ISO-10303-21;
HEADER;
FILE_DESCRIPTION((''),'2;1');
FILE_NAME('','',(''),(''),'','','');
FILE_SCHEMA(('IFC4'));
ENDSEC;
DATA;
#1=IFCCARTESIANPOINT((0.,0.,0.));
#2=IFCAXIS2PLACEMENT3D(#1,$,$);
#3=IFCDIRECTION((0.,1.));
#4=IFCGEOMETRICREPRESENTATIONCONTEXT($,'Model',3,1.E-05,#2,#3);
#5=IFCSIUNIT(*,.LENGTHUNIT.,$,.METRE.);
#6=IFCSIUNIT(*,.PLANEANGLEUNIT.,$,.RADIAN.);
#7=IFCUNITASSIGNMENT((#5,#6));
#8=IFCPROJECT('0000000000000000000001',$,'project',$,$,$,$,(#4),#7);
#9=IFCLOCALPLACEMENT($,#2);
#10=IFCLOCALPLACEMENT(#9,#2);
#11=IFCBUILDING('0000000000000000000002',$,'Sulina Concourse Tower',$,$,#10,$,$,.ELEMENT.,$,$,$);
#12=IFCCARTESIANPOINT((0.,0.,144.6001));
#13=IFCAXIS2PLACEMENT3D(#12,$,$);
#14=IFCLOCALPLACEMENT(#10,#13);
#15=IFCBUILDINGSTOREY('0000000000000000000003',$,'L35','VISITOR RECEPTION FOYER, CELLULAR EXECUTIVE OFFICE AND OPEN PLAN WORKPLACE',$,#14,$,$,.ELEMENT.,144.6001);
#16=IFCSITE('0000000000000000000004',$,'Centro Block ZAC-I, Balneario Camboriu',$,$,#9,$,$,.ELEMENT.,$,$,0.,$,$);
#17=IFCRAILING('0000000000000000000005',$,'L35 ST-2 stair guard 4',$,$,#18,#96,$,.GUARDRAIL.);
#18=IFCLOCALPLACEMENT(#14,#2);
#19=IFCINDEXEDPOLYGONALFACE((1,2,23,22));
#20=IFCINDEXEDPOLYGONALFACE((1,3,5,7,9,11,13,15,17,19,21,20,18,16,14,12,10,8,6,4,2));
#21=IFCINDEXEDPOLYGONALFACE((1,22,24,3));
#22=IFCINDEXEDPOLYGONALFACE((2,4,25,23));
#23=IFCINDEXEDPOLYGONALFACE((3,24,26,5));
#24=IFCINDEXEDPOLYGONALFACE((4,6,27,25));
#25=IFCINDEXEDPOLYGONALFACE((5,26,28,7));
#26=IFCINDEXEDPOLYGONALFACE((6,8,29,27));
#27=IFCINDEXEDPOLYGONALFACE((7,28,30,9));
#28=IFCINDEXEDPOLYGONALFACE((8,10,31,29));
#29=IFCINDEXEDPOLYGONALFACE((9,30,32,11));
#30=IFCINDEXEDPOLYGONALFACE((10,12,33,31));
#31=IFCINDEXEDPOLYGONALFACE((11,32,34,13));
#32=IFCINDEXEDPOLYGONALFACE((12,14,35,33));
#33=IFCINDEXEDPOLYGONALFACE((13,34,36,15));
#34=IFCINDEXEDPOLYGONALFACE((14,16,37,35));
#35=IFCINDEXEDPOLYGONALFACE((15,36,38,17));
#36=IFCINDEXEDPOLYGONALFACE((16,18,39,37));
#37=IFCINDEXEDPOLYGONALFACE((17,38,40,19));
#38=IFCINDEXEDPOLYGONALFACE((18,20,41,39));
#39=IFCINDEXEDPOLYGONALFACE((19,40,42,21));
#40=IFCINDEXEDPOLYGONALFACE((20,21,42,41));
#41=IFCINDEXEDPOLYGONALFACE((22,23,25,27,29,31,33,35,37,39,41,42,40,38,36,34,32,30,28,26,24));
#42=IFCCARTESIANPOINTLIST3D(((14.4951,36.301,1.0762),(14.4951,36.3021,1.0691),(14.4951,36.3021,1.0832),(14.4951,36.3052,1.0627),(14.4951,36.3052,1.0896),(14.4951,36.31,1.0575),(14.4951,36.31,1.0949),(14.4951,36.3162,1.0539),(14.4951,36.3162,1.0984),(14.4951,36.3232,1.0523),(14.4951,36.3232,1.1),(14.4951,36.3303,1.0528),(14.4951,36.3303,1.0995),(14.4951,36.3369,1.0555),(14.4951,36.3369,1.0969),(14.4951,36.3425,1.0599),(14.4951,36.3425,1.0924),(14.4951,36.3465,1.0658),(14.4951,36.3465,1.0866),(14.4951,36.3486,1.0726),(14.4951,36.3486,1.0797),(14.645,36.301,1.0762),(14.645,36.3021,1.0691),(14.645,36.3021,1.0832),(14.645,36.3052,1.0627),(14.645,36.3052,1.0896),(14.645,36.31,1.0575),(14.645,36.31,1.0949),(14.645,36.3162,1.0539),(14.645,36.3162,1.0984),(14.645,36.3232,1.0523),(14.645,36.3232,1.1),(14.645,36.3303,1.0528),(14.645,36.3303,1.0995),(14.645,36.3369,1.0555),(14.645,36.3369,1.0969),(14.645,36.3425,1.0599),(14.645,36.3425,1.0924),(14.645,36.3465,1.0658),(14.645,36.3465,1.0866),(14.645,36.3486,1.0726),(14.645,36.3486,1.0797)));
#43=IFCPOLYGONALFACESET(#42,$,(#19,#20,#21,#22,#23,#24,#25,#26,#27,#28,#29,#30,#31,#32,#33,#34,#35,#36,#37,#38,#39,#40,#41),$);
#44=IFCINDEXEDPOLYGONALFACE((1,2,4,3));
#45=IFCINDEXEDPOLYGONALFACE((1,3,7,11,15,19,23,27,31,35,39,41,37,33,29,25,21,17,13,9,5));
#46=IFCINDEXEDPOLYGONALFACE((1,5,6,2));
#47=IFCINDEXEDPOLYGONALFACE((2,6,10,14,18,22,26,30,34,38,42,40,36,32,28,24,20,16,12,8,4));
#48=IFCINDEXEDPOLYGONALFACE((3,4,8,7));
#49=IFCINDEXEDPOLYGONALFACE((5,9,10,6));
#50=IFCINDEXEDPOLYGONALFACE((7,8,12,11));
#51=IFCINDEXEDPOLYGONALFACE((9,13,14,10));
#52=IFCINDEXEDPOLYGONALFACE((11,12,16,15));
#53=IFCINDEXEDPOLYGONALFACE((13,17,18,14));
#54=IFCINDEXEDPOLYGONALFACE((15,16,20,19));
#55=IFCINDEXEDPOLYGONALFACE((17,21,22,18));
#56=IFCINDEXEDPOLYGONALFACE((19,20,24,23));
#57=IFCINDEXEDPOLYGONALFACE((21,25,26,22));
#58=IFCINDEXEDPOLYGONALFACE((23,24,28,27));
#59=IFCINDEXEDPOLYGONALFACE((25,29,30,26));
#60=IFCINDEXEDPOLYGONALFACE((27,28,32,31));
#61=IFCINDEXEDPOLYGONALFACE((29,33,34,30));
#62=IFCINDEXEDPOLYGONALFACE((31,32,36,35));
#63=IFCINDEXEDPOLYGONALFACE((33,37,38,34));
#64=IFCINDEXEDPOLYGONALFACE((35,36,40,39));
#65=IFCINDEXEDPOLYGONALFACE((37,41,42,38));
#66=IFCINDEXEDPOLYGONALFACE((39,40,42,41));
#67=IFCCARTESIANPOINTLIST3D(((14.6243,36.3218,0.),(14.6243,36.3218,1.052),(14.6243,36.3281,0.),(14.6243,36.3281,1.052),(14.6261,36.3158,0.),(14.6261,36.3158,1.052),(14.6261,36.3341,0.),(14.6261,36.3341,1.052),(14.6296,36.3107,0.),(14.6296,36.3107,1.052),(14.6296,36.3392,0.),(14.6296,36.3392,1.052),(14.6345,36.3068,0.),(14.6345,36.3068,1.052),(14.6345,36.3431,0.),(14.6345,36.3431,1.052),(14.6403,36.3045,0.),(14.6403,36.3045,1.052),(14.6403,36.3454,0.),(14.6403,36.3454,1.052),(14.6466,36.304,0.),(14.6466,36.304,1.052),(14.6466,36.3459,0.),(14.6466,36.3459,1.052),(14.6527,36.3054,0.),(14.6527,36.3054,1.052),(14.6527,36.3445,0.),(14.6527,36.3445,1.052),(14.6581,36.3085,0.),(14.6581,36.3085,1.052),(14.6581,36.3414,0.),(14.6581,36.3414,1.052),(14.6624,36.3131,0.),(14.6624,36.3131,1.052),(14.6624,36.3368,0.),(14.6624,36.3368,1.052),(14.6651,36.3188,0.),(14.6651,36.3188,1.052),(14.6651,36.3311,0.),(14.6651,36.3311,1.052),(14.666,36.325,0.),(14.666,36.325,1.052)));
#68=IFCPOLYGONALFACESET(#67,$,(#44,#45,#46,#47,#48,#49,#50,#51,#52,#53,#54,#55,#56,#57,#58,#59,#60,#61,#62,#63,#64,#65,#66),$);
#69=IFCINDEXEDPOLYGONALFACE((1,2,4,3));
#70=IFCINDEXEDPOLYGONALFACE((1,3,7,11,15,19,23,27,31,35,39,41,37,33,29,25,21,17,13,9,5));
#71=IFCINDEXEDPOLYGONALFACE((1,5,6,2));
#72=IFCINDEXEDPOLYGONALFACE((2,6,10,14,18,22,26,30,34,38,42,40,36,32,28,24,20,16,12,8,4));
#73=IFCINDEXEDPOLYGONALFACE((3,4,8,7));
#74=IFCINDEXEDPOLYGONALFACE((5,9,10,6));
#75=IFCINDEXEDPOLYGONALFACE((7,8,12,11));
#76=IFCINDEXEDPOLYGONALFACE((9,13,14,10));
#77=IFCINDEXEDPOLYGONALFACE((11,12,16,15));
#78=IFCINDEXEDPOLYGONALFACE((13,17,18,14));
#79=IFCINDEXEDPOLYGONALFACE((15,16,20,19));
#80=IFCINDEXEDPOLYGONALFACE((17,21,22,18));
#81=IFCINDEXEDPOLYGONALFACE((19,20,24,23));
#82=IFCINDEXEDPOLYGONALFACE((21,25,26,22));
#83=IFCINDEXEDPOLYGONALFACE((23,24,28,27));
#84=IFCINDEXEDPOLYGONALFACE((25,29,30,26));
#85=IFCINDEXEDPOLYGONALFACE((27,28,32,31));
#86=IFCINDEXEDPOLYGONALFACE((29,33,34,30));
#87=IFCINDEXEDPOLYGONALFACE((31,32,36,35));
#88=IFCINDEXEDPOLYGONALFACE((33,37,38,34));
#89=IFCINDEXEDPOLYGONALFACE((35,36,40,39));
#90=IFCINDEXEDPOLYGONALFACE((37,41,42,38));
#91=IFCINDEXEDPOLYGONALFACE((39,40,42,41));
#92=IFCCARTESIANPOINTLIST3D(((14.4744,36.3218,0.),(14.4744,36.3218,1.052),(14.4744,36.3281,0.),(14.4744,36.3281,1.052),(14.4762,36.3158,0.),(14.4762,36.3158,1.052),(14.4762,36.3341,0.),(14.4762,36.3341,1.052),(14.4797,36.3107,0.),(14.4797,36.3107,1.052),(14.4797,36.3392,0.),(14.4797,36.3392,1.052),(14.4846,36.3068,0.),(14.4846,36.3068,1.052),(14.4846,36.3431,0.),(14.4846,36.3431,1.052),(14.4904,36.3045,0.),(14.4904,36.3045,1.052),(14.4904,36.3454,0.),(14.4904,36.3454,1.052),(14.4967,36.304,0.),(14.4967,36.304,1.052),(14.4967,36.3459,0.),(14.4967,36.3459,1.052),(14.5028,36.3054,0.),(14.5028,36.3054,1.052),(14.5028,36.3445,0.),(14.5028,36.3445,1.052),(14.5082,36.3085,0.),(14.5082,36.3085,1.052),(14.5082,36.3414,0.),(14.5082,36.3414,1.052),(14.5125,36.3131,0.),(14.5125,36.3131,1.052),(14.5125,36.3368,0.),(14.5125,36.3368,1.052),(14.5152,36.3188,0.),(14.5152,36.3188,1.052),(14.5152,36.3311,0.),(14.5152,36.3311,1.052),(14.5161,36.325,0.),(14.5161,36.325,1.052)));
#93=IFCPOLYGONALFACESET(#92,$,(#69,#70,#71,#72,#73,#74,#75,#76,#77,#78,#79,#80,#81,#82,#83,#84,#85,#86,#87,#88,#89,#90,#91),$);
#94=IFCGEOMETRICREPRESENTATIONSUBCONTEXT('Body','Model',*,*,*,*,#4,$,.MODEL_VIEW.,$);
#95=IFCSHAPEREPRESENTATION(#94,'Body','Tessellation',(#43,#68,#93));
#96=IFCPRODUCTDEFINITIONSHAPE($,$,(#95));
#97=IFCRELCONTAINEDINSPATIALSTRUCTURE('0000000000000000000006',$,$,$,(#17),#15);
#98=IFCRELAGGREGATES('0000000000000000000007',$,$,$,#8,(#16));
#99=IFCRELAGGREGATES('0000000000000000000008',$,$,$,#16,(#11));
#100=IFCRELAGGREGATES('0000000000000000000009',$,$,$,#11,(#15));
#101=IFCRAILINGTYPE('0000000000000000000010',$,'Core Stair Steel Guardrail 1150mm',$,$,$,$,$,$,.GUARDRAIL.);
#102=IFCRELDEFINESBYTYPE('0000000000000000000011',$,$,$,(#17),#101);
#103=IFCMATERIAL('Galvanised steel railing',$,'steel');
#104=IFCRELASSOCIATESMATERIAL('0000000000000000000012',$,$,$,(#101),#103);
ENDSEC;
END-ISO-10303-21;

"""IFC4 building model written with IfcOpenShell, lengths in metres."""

from ifc_helpers import new_model, si_unit, direction, frame, origin, origin_2d, place, context, subcontext, project, spatial, circle, extrude, material, type_object, element, save


model = new_model("IFC4")

# Units and contexts
model_context = context("Model", 3, precision=1e-05, world=origin(), true_north=direction((0.0, 1.0)))
body_context = subcontext(model_context, "Body", "Model", "MODEL_VIEW")
ifc_project = project(units=[si_unit("LENGTHUNIT", "METRE"), si_unit("PLANEANGLEUNIT", "RADIAN")], contexts=[model_context])

# Site, building, storey
site_placement = place(None, origin())
site = spatial("IfcSite", under=ifc_project, at=site_placement, Name="Centro Block ZAC-I, Balneario Camboriu", CompositionType="ELEMENT", RefElevation=0.0)
building_placement = place(site_placement, origin())
building = spatial("IfcBuilding", under=site, at=building_placement, Name="Sulina Concourse Tower", CompositionType="ELEMENT")
storey_placement = place(building_placement, frame((0.0, 0.0, 144.6001)))
storey = spatial("IfcBuildingStorey", under=building, at=storey_placement, Name="L35", Description="VISITOR RECEPTION FOYER, CELLULAR EXECUTIVE OFFICE AND OPEN PLAN WORKPLACE", CompositionType="ELEMENT", Elevation=144.6001)

# Railing
ifc_material_1 = material(Name="Galvanised steel railing", Category="steel")
railing_type_1 = type_object("IfcRailingType", Name="Core Stair Steel Guardrail 1150mm", PredefinedType="GUARDRAIL", material=ifc_material_1)
railing_1_placement = place(storey_placement, frame((14.645, 36.325, 0.0)))
element("IfcRailing", 1, at=railing_1_placement, inside=storey, type_object=railing_type_1, Name="L35 ST-2 stair guard 4", PredefinedType="GUARDRAIL", context=body_context, shape_type="SweptSolid", body=[
    extrude(circle(Radius=0.0239, at=origin_2d()), frame((0.0, 0.0, 1.0762), z_axis=(-1.0, 0.0, 0.0), x_axis=(0.0, -1.0, 0.0)), (0.0, 0.0, 1.0), 0.1499),
    extrude(circle(Radius=0.021, at=origin_2d()), origin(), (0.0, 0.0, 1.0), 1.052),
    extrude(circle(Radius=0.021, at=origin_2d()), frame((-0.1499, 0.0, 0.0)), (0.0, 0.0, 1.0), 1.052),
])

save(model, "model.ifc")
